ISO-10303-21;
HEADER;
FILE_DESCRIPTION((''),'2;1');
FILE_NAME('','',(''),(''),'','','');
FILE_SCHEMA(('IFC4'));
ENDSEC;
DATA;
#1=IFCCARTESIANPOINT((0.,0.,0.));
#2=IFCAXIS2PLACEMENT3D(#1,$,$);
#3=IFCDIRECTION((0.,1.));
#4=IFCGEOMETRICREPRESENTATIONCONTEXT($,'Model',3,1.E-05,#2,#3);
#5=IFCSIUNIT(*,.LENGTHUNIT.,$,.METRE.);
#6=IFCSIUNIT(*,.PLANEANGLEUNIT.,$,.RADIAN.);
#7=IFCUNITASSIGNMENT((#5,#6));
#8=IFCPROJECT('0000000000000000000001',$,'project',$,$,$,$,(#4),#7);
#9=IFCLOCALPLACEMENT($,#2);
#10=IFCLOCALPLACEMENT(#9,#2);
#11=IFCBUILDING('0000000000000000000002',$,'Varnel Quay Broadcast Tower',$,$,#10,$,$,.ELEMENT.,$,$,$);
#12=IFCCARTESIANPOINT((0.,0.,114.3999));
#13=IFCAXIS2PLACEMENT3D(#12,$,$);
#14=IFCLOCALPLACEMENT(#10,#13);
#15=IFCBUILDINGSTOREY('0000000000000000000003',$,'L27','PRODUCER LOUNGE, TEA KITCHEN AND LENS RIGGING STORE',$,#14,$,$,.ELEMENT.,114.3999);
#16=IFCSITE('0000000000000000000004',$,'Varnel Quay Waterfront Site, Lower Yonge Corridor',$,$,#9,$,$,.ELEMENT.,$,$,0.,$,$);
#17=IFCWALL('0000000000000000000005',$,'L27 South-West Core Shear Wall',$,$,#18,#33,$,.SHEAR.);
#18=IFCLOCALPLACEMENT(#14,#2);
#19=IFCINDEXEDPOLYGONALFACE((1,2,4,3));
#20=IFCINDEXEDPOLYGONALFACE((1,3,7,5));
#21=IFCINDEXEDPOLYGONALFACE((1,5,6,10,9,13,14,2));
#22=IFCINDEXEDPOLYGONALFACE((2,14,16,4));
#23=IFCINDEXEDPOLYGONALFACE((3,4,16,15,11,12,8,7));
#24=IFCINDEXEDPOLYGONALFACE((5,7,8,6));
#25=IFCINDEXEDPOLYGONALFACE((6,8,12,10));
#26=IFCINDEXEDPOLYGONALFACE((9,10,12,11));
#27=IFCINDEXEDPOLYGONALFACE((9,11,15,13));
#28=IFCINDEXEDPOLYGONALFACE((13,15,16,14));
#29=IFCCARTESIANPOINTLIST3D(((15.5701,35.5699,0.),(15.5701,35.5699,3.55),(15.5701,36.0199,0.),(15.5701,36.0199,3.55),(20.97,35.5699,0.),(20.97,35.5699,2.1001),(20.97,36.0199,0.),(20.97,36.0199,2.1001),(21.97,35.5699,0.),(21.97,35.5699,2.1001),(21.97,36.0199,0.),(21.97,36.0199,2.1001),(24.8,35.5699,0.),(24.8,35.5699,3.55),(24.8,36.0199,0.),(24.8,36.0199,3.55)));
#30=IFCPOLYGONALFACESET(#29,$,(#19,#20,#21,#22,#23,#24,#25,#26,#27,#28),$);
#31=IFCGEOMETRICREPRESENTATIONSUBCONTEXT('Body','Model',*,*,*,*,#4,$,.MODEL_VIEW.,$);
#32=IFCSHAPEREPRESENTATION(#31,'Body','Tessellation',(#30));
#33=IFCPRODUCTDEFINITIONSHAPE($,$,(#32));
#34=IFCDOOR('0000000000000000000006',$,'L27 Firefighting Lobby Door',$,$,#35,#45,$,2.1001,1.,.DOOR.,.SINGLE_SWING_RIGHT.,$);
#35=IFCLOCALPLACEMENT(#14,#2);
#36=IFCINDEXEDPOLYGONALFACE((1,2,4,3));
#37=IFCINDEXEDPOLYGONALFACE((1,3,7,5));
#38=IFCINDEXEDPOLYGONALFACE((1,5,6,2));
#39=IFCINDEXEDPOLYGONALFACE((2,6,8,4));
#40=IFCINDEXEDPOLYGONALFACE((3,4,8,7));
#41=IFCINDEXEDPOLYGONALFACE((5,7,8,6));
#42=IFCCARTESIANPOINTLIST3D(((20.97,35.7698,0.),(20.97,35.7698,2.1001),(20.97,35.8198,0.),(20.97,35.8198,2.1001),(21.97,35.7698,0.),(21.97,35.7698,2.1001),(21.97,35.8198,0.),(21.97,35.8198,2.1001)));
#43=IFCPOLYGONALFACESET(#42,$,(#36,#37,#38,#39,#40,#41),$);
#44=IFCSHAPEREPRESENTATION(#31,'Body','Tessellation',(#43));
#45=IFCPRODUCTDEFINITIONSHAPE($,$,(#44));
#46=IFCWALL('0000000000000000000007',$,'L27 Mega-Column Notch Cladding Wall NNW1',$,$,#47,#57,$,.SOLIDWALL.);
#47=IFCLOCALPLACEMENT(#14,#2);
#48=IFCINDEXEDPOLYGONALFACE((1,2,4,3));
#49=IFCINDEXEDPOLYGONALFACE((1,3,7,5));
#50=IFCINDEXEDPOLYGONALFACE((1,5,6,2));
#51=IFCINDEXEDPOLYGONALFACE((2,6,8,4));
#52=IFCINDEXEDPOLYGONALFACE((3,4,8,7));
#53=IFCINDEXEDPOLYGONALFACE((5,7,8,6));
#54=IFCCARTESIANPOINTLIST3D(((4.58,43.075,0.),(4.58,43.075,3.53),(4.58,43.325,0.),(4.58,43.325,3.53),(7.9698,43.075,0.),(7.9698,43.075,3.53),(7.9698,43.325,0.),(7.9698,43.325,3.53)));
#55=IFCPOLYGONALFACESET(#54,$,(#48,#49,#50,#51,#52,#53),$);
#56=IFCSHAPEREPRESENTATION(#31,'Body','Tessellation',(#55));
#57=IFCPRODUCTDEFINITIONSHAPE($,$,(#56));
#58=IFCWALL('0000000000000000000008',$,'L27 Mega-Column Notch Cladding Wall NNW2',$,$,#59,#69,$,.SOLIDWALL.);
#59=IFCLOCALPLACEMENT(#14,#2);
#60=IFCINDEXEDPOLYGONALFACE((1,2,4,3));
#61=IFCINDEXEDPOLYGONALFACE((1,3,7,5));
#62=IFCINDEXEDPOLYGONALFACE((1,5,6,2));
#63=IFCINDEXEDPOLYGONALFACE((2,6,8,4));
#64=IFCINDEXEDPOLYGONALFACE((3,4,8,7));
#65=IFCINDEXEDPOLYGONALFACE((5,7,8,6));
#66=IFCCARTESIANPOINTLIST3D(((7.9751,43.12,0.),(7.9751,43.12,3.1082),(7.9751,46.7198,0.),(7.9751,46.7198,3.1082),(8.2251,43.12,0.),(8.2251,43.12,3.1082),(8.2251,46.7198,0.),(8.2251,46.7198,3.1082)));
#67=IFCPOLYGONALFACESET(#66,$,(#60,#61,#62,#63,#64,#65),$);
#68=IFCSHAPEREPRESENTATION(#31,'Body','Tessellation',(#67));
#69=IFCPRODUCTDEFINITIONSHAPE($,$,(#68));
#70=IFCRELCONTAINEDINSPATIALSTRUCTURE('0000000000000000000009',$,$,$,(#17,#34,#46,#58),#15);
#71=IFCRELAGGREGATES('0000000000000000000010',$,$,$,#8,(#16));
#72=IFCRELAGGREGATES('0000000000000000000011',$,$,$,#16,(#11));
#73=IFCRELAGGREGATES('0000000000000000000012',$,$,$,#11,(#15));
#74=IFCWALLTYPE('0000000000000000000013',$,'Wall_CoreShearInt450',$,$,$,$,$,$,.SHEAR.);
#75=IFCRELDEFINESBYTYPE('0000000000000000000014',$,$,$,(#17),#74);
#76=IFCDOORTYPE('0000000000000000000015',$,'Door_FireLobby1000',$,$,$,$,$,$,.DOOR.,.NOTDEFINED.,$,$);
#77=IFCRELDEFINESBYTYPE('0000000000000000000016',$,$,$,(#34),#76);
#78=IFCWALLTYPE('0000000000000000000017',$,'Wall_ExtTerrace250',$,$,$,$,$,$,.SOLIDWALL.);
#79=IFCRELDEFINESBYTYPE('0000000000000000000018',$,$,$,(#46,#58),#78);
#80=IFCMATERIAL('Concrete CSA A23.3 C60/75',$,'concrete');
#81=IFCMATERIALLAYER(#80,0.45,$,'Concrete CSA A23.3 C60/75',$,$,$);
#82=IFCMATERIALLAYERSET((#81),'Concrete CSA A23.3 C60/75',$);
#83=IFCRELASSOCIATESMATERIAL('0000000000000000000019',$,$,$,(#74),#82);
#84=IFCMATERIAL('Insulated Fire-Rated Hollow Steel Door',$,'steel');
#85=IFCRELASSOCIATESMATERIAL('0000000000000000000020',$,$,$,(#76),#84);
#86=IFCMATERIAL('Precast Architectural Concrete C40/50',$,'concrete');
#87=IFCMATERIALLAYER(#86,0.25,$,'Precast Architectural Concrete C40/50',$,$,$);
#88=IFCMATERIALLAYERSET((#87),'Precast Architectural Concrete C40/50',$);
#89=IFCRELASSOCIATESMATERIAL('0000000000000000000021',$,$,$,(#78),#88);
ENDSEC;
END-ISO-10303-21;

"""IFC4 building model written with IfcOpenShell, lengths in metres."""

from ifc_helpers import new_model, si_unit, direction, frame, frame_2d, origin, place, context, subcontext, project, spatial, rectangle, extrude, source, transform, mapped, material, layer, layer_set, type_object, type_shapes, element, fill, save


model = new_model("IFC4")

# Units and contexts
model_context = context("Model", 3, precision=1e-05, world=origin(), true_north=direction((0.0, 1.0)))
body_context = subcontext(model_context, "Body", "Model", "MODEL_VIEW")
ifc_project = project(units=[si_unit("LENGTHUNIT", "METRE"), si_unit("PLANEANGLEUNIT", "RADIAN")], contexts=[model_context])

# Site, building, storey
site_placement = place(None, origin())
site = spatial("IfcSite", under=ifc_project, at=site_placement, Name="Varnel Quay Waterfront Site, Lower Yonge Corridor", CompositionType="ELEMENT", RefElevation=0.0)
building_placement = place(site_placement, origin())
building = spatial("IfcBuilding", under=site, at=building_placement, Name="Varnel Quay Broadcast Tower", CompositionType="ELEMENT")
storey_placement = place(building_placement, frame((0.0, 0.0, 114.3999)))
storey = spatial("IfcBuildingStorey", under=building, at=storey_placement, Name="L27", Description="PRODUCER LOUNGE, TEA KITCHEN AND LENS RIGGING STORE", CompositionType="ELEMENT", Elevation=114.3999)

# Shared definitions
ifc_material_1 = material(Name="Concrete CSA A23.3 C60/75", Category="concrete")

# Wall, opening, door
ifc_layer_1 = layer(ifc_material_1, 0.45, Name="Concrete CSA A23.3 C60/75")
ifc_layer_set_1 = layer_set([ifc_layer_1], Name="Concrete CSA A23.3 C60/75")
wall_type_1 = type_object("IfcWallType", Name="Wall_CoreShearInt450", PredefinedType="SHEAR", material=ifc_layer_set_1)
wall_1_placement = place(storey_placement, frame((15.5701, 35.7949, 0.0), z_axis=(0.0, 0.0, 1.0), x_axis=(1.0, 0.0, 0.0)))
wall_1 = element("IfcWall", 1, at=wall_1_placement, inside=storey, type_object=wall_type_1, Name="L27 South-West Core Shear Wall", PredefinedType="SHEAR", context=body_context, shape_type="SweptSolid", body=[
    extrude(rectangle(XDim=9.23, YDim=0.45, at=frame_2d((4.615, 0.0))), origin(), (0.0, 0.0, 1.0), 3.55),
])
opening_placement = place(wall_1_placement, frame((5.3999, 0.0, 0.0)))
opening = element("IfcOpeningElement", 2, at=opening_placement, cuts=wall_1, PredefinedType="OPENING", context=body_context, shape_type="SweptSolid", body=[
    extrude(rectangle(XDim=1.0, YDim=2.1001, at=frame_2d((0.5, 1.05))), frame((0.0, 0.2349, 0.0), z_axis=(0.0, -1.0, 0.0), x_axis=(1.0, 0.0, 0.0)), (0.0, 0.0, 1.0), 0.47),
])
ifc_material_2 = material(Name="Insulated Fire-Rated Hollow Steel Door", Category="steel")
door_type = type_object("IfcDoorType", Name="Door_FireLobby1000", OperationType="NOTDEFINED", PredefinedType="DOOR", material=ifc_material_2)
shared_shape_1 = source(origin(), body_context, "Body", "SweptSolid", [
    extrude(rectangle(XDim=1.0, YDim=2.1001, at=frame_2d((0.5, 1.05))), frame((0.0, 0.0249, 0.0), z_axis=(0.0, -1.0, 0.0), x_axis=(1.0, 0.0, 0.0)), (0.0, 0.0, 1.0), 0.05),
])
type_shapes(door_type, [shared_shape_1])
door_placement = place(opening_placement, origin())
door = element("IfcDoor", 3, at=door_placement, inside=storey, type_object=door_type, Name="L27 Firefighting Lobby Door", OperationType="SINGLE_SWING_RIGHT", OverallHeight=2.1001, OverallWidth=1.0, PredefinedType="DOOR", context=body_context, shape_type="MappedRepresentation", body=[
    mapped(shared_shape_1, transform((0.0, 0.0, 0.0), x_axis=(1.0, 0.0, 0.0), y_axis=(0.0, 1.0, 0.0), z_axis=(0.0, 0.0, 1.0), scale=1.0)),
])
fill(opening, door)

# Walls
ifc_material_3 = material(Name="Precast Architectural Concrete C40/50", Category="concrete")
ifc_layer_2 = layer(ifc_material_3, 0.25, Name="Precast Architectural Concrete C40/50")
ifc_layer_set_2 = layer_set([ifc_layer_2], Name="Precast Architectural Concrete C40/50")
wall_type_2 = type_object("IfcWallType", Name="Wall_ExtTerrace250", PredefinedType="SOLIDWALL", material=ifc_layer_set_2)
wall_2_placement = place(storey_placement, frame((4.5801, 43.2, 0.0), z_axis=(0.0, 0.0, 1.0), x_axis=(1.0, 0.0, 0.0)))
element("IfcWall", 4, at=wall_2_placement, inside=storey, type_object=wall_type_2, Name="L27 Mega-Column Notch Cladding Wall NNW1", PredefinedType="SOLIDWALL", context=body_context, shape_type="SweptSolid", body=[
    extrude(rectangle(XDim=3.3899, YDim=0.25, at=frame_2d((1.6948, 0.0))), origin(), (0.0, 0.0, 1.0), 3.53),
])
wall_3_placement = place(storey_placement, frame((8.1001, 43.1201, 0.0), z_axis=(0.0, 0.0, 1.0), x_axis=(0.0, 1.0, 0.0)))
element("IfcWall", 5, at=wall_3_placement, inside=storey, type_object=wall_type_2, Name="L27 Mega-Column Notch Cladding Wall NNW2", PredefinedType="SOLIDWALL", context=body_context, shape_type="SweptSolid", body=[
    extrude(rectangle(XDim=3.5999, YDim=0.25, at=frame_2d((1.7998, 0.0))), origin(), (0.0, 0.0, 1.0), 3.1082),
])

save(model, "model.ifc")
